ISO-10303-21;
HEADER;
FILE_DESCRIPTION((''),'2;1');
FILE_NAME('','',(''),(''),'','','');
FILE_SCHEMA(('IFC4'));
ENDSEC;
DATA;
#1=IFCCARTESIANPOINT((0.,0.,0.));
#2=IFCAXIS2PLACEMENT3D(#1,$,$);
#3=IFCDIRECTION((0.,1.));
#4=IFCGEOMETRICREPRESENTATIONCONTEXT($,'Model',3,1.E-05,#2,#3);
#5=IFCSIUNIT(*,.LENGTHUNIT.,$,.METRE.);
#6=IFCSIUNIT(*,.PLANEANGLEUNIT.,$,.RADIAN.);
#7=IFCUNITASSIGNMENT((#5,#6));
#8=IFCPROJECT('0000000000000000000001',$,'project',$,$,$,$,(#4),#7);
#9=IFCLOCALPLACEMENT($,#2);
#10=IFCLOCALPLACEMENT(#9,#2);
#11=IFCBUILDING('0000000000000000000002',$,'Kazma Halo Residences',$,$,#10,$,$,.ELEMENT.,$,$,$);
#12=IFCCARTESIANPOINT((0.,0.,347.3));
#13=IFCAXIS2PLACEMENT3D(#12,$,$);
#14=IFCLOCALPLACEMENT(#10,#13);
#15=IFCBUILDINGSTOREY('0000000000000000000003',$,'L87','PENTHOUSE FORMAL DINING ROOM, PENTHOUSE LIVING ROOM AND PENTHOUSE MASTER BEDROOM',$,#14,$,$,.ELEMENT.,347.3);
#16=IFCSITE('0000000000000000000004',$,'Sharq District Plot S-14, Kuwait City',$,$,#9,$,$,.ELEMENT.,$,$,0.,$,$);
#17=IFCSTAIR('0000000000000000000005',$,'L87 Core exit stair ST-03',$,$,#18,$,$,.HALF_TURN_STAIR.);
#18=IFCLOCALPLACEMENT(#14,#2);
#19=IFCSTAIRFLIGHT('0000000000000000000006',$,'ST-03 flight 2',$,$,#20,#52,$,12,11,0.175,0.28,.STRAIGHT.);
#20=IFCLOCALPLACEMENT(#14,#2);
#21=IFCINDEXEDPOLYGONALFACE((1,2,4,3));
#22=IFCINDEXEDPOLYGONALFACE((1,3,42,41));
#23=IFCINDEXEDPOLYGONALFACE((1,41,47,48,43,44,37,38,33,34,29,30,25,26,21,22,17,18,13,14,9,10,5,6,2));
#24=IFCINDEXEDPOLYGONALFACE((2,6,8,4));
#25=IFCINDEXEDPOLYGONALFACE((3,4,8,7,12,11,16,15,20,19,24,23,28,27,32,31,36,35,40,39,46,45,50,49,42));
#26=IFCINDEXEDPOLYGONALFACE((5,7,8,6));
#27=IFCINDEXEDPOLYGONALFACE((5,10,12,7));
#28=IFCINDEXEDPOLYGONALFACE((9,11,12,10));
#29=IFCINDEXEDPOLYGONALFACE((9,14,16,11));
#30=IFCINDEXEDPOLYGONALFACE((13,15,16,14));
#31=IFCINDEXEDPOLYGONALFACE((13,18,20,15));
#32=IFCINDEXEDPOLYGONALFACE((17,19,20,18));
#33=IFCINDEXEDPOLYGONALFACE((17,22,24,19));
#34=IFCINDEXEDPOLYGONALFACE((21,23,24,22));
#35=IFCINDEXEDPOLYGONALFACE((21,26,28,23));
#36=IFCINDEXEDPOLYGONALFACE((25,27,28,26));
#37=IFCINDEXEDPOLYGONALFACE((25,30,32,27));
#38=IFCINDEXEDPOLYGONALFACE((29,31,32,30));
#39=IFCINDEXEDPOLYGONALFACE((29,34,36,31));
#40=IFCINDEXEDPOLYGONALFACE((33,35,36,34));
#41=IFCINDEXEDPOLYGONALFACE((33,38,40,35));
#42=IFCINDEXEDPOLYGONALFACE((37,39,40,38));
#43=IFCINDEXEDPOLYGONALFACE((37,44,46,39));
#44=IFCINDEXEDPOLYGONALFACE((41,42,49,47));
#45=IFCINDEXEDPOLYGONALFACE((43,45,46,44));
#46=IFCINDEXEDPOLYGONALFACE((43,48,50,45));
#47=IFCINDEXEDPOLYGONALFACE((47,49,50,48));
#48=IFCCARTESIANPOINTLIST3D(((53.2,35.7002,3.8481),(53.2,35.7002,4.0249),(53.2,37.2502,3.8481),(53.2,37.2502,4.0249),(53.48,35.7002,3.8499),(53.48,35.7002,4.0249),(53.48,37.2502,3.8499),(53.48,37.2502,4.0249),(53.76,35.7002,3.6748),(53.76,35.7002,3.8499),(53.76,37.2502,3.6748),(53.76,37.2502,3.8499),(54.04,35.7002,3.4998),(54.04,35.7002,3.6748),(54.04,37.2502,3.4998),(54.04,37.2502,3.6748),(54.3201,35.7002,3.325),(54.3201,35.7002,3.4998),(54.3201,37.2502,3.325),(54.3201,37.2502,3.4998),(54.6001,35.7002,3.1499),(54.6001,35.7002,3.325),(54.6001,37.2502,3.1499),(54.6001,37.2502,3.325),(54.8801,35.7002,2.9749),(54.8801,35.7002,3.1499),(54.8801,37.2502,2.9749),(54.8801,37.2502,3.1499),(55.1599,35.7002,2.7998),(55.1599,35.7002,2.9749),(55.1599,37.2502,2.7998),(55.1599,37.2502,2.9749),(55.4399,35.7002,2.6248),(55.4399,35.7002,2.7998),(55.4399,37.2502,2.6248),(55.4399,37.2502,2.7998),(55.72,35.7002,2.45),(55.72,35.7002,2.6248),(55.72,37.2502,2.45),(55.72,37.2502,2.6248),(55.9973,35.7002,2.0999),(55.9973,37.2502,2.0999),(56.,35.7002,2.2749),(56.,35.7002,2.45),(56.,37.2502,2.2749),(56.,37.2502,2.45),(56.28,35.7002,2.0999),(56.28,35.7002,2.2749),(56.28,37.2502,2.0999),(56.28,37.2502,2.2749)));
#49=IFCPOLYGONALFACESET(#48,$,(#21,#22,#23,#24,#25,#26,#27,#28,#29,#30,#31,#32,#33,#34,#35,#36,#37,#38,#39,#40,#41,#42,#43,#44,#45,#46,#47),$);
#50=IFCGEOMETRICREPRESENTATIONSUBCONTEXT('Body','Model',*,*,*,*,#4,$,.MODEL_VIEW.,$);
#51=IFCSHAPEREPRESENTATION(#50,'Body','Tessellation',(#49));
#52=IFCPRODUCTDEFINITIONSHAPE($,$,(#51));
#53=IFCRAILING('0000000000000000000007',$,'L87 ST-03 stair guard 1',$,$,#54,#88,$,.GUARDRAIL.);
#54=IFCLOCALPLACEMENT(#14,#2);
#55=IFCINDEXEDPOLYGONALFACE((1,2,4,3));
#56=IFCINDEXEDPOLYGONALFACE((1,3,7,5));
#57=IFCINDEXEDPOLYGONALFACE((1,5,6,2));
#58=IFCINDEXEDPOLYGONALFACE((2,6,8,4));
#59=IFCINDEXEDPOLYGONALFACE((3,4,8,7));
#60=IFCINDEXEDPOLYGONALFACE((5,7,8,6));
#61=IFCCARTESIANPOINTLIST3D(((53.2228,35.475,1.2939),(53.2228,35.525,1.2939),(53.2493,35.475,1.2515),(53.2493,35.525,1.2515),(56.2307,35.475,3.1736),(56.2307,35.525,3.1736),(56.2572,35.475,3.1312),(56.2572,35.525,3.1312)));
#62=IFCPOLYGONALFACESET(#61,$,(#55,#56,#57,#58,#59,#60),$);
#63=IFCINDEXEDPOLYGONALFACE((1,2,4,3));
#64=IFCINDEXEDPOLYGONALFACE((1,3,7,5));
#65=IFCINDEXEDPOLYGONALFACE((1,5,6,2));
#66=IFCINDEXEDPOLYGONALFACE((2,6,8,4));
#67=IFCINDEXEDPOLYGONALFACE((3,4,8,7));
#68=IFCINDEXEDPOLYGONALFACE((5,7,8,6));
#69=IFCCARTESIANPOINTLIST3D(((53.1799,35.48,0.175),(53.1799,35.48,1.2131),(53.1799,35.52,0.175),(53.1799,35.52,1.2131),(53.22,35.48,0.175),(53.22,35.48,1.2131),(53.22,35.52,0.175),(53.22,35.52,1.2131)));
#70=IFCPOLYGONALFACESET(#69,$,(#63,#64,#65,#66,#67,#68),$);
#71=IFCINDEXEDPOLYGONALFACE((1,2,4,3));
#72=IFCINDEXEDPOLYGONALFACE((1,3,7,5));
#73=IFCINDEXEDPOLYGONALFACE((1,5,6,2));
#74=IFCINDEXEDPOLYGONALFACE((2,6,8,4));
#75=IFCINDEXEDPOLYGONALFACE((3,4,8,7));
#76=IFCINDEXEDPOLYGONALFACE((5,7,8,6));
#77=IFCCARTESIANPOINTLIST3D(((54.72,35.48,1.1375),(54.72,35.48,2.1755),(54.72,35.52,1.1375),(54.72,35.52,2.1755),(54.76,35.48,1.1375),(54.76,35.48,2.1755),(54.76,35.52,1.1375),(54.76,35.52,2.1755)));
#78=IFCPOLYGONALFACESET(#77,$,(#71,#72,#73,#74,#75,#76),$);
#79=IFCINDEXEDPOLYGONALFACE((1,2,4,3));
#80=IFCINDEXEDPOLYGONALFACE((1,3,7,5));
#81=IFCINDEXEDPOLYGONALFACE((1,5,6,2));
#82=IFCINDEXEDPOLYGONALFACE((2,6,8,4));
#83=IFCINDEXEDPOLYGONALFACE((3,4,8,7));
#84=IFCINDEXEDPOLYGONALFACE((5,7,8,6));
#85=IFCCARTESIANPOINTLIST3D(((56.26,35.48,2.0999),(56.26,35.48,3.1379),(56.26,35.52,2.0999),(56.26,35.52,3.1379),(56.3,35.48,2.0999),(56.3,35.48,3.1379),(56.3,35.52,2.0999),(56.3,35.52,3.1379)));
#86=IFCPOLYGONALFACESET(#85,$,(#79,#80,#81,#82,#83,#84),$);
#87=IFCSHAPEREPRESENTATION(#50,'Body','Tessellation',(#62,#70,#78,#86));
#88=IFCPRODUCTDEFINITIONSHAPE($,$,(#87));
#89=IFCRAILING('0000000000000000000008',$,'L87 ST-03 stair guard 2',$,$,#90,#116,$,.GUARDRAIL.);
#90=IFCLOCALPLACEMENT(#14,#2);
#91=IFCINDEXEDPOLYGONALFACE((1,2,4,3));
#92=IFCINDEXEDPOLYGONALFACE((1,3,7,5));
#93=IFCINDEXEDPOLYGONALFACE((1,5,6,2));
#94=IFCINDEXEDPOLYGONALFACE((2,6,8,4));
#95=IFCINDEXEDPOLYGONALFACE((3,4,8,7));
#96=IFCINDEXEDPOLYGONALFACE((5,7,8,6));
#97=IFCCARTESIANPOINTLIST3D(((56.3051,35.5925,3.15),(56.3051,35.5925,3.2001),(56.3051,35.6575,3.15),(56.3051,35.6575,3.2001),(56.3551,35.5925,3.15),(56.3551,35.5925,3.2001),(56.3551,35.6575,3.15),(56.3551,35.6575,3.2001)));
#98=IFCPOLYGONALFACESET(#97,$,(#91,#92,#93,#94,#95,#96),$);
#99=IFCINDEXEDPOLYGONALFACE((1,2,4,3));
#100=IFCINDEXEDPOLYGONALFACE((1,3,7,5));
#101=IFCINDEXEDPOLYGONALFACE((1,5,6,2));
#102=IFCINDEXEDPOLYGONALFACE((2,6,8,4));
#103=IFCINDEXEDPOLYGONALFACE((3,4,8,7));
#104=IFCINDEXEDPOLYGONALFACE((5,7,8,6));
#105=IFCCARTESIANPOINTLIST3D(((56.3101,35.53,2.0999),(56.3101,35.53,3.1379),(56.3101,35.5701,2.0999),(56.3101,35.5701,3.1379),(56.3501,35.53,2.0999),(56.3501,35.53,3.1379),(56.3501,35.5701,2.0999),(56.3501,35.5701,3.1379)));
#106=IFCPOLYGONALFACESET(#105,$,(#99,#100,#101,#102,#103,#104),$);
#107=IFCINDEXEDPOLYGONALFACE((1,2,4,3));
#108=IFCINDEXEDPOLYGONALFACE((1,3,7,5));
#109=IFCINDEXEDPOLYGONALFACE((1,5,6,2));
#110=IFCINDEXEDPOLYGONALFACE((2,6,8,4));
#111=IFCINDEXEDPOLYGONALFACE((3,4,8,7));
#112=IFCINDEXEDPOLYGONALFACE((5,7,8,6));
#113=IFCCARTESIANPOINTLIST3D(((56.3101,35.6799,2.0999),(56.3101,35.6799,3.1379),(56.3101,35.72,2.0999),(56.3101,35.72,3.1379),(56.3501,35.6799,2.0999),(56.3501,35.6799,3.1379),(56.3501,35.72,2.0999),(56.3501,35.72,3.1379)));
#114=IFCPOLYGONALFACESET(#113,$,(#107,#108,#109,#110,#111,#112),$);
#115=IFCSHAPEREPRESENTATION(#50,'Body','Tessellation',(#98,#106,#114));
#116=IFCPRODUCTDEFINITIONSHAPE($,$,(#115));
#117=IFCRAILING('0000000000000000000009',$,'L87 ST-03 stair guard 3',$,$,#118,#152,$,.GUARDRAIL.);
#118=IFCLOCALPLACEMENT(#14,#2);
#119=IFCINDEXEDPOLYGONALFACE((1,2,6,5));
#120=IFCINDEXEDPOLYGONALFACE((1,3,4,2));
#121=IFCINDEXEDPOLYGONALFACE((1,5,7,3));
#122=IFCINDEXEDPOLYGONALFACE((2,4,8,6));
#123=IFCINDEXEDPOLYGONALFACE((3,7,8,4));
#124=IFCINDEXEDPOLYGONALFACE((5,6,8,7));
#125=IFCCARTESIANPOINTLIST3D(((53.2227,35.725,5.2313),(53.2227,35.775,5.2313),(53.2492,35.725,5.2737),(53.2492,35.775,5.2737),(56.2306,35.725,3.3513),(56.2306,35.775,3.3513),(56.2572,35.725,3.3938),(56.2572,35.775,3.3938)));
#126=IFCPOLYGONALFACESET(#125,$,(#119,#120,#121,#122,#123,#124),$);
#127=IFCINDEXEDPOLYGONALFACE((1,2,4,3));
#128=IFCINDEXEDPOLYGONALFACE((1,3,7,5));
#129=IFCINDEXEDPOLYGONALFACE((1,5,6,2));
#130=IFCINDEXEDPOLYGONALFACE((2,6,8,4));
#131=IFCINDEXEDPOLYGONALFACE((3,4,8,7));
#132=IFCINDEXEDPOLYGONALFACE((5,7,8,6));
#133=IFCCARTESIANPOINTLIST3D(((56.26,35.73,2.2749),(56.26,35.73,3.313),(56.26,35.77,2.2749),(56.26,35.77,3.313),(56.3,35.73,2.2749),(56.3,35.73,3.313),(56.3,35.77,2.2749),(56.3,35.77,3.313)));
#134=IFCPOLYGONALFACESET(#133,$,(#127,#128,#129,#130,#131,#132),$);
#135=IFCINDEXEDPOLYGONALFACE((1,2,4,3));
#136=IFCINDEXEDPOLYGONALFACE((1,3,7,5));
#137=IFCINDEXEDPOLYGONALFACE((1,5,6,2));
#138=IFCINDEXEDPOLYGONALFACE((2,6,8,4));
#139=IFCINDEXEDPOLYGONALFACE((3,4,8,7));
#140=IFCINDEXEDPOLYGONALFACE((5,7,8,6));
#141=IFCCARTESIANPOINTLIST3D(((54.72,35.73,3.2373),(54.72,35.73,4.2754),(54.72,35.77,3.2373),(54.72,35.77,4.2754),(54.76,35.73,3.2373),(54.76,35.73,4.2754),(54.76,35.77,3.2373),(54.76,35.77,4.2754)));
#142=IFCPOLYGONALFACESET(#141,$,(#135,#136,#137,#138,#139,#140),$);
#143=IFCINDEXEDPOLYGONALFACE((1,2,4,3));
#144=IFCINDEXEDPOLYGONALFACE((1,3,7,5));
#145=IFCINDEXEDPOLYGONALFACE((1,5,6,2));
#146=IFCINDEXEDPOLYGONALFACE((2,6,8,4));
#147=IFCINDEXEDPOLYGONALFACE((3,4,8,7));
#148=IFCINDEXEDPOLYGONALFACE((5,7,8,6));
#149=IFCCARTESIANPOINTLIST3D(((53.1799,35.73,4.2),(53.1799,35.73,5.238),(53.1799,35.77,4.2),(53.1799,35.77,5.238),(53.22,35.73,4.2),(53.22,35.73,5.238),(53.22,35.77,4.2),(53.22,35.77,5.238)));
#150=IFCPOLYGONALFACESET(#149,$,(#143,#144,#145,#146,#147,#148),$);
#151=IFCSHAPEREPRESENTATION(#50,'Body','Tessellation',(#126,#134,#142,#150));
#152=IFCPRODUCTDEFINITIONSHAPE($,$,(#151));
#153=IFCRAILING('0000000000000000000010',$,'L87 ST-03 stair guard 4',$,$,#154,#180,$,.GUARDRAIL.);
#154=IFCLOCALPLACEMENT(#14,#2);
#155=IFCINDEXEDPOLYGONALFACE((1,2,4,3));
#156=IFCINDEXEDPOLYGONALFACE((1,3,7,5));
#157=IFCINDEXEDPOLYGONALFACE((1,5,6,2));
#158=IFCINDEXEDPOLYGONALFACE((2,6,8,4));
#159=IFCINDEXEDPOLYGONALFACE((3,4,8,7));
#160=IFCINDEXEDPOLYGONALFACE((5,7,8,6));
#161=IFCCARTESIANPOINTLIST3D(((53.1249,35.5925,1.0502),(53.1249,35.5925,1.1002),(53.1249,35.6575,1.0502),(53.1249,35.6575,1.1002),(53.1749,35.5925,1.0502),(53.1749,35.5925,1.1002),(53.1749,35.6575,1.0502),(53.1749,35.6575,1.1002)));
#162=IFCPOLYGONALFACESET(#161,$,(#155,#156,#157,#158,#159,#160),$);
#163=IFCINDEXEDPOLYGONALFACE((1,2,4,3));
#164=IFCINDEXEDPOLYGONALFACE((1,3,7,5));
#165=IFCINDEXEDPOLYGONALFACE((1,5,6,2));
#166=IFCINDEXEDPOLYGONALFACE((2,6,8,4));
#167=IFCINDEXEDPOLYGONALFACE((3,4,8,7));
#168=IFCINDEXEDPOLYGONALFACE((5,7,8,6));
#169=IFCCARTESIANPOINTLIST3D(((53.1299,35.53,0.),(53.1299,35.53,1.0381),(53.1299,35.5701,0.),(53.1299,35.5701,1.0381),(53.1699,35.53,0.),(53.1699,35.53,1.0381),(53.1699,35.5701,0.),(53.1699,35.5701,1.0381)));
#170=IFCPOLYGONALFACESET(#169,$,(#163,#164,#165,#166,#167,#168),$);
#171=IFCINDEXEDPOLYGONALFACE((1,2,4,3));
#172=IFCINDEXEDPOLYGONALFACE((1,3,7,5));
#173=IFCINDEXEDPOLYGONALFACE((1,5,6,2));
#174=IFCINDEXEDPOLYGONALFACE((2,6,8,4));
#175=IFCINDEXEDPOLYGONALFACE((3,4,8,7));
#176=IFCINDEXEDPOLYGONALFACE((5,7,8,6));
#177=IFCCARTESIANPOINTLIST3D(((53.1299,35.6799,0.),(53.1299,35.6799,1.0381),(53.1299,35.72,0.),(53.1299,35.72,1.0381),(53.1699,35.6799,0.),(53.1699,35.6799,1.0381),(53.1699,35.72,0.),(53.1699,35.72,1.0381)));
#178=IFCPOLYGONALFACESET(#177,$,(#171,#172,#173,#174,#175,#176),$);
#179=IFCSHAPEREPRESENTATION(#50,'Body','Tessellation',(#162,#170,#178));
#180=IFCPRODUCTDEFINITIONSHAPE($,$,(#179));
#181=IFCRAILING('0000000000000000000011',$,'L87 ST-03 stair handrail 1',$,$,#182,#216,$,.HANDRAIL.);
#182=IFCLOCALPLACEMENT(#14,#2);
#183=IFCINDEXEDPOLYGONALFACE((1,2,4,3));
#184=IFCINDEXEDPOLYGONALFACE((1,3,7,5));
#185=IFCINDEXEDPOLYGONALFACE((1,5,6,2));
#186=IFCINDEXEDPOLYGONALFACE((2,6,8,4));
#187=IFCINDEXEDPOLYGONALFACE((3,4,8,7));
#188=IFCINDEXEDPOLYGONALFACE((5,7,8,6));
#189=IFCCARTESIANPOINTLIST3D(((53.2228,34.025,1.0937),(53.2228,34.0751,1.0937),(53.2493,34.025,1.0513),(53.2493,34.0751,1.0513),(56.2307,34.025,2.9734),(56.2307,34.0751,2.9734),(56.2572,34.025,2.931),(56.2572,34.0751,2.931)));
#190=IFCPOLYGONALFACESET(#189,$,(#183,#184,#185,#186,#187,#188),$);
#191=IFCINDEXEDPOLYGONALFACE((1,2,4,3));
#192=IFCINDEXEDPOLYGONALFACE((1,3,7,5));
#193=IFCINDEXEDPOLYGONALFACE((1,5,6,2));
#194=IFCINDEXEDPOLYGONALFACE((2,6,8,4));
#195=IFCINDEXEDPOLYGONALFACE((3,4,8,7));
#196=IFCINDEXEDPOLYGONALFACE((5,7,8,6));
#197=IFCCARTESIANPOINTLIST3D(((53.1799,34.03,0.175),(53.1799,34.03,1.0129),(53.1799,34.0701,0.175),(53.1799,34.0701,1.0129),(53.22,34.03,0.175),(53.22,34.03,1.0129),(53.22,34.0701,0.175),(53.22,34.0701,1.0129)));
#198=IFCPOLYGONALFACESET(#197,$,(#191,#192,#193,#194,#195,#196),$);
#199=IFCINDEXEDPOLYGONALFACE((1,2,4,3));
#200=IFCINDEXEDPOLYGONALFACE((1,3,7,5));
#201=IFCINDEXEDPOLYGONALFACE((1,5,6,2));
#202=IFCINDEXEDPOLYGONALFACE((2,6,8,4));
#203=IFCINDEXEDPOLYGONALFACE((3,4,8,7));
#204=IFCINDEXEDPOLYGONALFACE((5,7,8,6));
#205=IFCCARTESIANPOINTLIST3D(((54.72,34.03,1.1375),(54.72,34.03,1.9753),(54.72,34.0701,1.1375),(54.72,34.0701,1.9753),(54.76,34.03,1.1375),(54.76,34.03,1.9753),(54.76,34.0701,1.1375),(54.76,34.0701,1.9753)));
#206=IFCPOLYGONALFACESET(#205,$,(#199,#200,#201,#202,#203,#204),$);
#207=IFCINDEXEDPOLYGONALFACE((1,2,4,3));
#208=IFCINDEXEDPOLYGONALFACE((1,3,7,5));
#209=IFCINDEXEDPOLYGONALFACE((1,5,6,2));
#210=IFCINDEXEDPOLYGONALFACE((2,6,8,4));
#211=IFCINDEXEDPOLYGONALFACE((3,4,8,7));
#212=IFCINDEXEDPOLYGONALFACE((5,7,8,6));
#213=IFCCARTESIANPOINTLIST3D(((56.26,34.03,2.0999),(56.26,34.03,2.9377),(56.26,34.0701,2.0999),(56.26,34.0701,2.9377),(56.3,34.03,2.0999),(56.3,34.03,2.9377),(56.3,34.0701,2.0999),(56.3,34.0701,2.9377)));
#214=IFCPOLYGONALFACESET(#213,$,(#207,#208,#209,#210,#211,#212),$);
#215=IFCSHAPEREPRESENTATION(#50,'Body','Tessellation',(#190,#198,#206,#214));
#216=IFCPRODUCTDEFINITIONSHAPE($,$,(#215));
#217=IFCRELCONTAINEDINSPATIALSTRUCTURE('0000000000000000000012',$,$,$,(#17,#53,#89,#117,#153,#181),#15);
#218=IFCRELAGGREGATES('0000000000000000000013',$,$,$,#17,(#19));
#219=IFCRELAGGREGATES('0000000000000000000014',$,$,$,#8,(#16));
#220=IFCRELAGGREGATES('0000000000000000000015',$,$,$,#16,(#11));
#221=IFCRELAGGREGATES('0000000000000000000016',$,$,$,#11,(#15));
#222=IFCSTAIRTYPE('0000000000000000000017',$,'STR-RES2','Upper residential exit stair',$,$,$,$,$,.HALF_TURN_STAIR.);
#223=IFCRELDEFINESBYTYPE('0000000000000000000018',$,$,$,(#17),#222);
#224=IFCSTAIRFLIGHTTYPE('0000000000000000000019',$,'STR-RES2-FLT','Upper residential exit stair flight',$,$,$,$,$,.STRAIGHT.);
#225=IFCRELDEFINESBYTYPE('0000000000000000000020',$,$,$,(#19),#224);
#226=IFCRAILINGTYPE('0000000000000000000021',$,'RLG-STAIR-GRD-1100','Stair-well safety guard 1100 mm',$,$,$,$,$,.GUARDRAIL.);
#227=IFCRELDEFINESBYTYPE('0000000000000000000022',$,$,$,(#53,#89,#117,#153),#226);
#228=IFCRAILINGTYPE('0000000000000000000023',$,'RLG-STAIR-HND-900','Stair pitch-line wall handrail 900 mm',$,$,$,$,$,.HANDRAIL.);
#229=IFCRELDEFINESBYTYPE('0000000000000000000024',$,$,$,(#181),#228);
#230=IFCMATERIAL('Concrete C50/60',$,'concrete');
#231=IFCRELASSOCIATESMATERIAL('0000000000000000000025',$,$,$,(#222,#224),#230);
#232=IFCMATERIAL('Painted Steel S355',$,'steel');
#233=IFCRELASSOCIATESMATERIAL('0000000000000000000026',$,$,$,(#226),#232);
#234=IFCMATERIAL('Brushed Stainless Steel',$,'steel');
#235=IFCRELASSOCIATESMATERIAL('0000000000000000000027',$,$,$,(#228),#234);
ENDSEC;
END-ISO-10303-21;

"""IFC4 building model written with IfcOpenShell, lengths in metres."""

from ifc_helpers import new_model, si_unit, direction, frame, origin, origin_2d, place, context, subcontext, project, spatial, polyline, rectangle, outline, extrude, material, type_object, element, aggregate, save


model = new_model("IFC4")

# Units and contexts
model_context = context("Model", 3, precision=1e-05, world=origin(), true_north=direction((0.0, 1.0)))
body_context = subcontext(model_context, "Body", "Model", "MODEL_VIEW")
ifc_project = project(units=[si_unit("LENGTHUNIT", "METRE"), si_unit("PLANEANGLEUNIT", "RADIAN")], contexts=[model_context])

# Site, building, storey
site_placement = place(None, origin())
site = spatial("IfcSite", under=ifc_project, at=site_placement, Name="Sharq District Plot S-14, Kuwait City", CompositionType="ELEMENT", RefElevation=0.0)
building_placement = place(site_placement, origin())
building = spatial("IfcBuilding", under=site, at=building_placement, Name="Kazma Halo Residences", CompositionType="ELEMENT")
storey_placement = place(building_placement, frame((0.0, 0.0, 347.3)))
storey = spatial("IfcBuildingStorey", under=building, at=storey_placement, Name="L87", Description="PENTHOUSE FORMAL DINING ROOM, PENTHOUSE LIVING ROOM AND PENTHOUSE MASTER BEDROOM", CompositionType="ELEMENT", Elevation=347.3)

# Shared definitions
ifc_material_1 = material(Name="Concrete C50/60", Category="concrete")

# Stair, stair flight
stair_type = type_object("IfcStairType", Name="STR-RES2", Description="Upper residential exit stair", PredefinedType="HALF_TURN_STAIR", material=ifc_material_1)
stair_placement = place(storey_placement, origin())
stair = element("IfcStair", 1, at=stair_placement, inside=storey, type_object=stair_type, Name="L87 Core exit stair ST-03", PredefinedType="HALF_TURN_STAIR")
stair_flight_type = type_object("IfcStairFlightType", Name="STR-RES2-FLT", Description="Upper residential exit stair flight", PredefinedType="STRAIGHT", material=ifc_material_1)
stair_flight_1_placement = place(storey_placement, frame((56.28, 36.4751, 2.0999), z_axis=(0.0, 0.0, 1.0), x_axis=(-1.0, 0.0, 0.0)))
stair_flight_1 = element("IfcStairFlight", 2, at=stair_flight_1_placement, type_object=stair_flight_type, Name="ST-03 flight 2", NumberOfRisers=12, NumberOfTreads=11, PredefinedType="STRAIGHT", RiserHeight=0.175, TreadLength=0.28, context=body_context, shape_type="SweptSolid", body=[
    extrude(outline(polyline([(0.0, 0.0), (0.0, 0.175), (0.28, 0.175), (0.28, 0.3501), (0.5601, 0.3501), (0.5601, 0.5249), (0.8401, 0.5249), (0.8401, 0.7), (1.1201, 0.7), (1.1201, 0.875), (1.3999, 0.875), (1.3999, 1.05), (1.6799, 1.05), (1.6799, 1.2251), (1.96, 1.2251), (1.96, 1.3999), (2.24, 1.3999), (2.24, 1.575), (2.52, 1.575), (2.52, 1.75), (2.8, 1.75), (2.8, 1.925), (3.0801, 1.925), (3.0801, 2.1001), (3.0801, 1.7483), (0.2827, 0.0), (0.0, 0.0)])), frame((0.0, 0.7749, 0.0), z_axis=(0.0, -1.0, 0.0), x_axis=(1.0, 0.0, 0.0)), (0.0, 0.0, 1.0), 1.55),
])
aggregate(stair, [stair_flight_1])

# Railings
ifc_material_2 = material(Name="Painted Steel S355", Category="steel")
railing_type_1 = type_object("IfcRailingType", Name="RLG-STAIR-GRD-1100", Description="Stair-well safety guard 1100 mm", PredefinedType="GUARDRAIL", material=ifc_material_2)
railing_1_placement = place(storey_placement, frame((53.2, 35.5, 0.175)))
element("IfcRailing", 3, at=railing_1_placement, inside=storey, type_object=railing_type_1, Name="L87 ST-03 stair guard 1", PredefinedType="GUARDRAIL", context=body_context, shape_type="SweptSolid", body=[
    extrude(rectangle(XDim=0.05, YDim=0.05, at=origin_2d()), frame((0.0361, 0.0, 1.0977), z_axis=(0.848029, 0.0, 0.529951), x_axis=(0.0, 1.0, 0.0)), (0.0, 0.0, 1.0), 3.5469),
    extrude(rectangle(XDim=0.04, YDim=0.04, at=origin_2d()), origin(), (0.0, 0.0, 1.0), 1.0381),
    extrude(rectangle(XDim=0.04, YDim=0.04, at=origin_2d()), frame((1.54, 0.0, 0.9624)), (0.0, 0.0, 1.0), 1.0381),
    extrude(rectangle(XDim=0.04, YDim=0.04, at=origin_2d()), frame((3.0801, 0.0, 1.9248)), (0.0, 0.0, 1.0), 1.0381),
])
railing_2_placement = place(storey_placement, frame((56.3301, 35.55, 2.0999)))
element("IfcRailing", 4, at=railing_2_placement, inside=storey, type_object=railing_type_1, Name="L87 ST-03 stair guard 2", PredefinedType="GUARDRAIL", context=body_context, shape_type="SweptSolid", body=[
    extrude(rectangle(XDim=0.05, YDim=0.05, at=origin_2d()), frame((0.0, 0.0425, 1.0752), z_axis=(0.0, 1.0, 0.0), x_axis=(-1.0, 0.0, 0.0)), (0.0, 0.0, 1.0), 0.0649),
    extrude(rectangle(XDim=0.04, YDim=0.04, at=origin_2d()), origin(), (0.0, 0.0, 1.0), 1.0381),
    extrude(rectangle(XDim=0.04, YDim=0.04, at=origin_2d()), frame((0.0, 0.1499, 0.0)), (0.0, 0.0, 1.0), 1.0381),
])
railing_3_placement = place(storey_placement, frame((56.28, 35.75, 2.2749)))
element("IfcRailing", 5, at=railing_3_placement, inside=storey, type_object=railing_type_1, Name="L87 ST-03 stair guard 3", PredefinedType="GUARDRAIL", context=body_context, shape_type="SweptSolid", body=[
    extrude(rectangle(XDim=0.05, YDim=0.05, at=origin_2d()), frame((-0.0361, 0.0, 1.0977), z_axis=(-0.847998, 0.0, 0.529999), x_axis=(0.0, -1.0, 0.0)), (0.0, 0.0, 1.0), 3.5471),
    extrude(rectangle(XDim=0.04, YDim=0.04, at=origin_2d()), origin(), (0.0, 0.0, 1.0), 1.0381),
    extrude(rectangle(XDim=0.04, YDim=0.04, at=origin_2d()), frame((-1.54, 0.0, 0.9624)), (0.0, 0.0, 1.0), 1.0381),
    extrude(rectangle(XDim=0.04, YDim=0.04, at=origin_2d()), frame((-3.0801, 0.0, 1.925)), (0.0, 0.0, 1.0), 1.0381),
])
railing_4_placement = place(storey_placement, frame((53.1499, 35.55, 0.0)))
element("IfcRailing", 6, at=railing_4_placement, inside=storey, type_object=railing_type_1, Name="L87 ST-03 stair guard 4", PredefinedType="GUARDRAIL", context=body_context, shape_type="SweptSolid", body=[
    extrude(rectangle(XDim=0.05, YDim=0.05, at=origin_2d()), frame((0.0, 0.0425, 1.0752), z_axis=(0.0, 1.0, 0.0), x_axis=(-1.0, 0.0, 0.0)), (0.0, 0.0, 1.0), 0.0649),
    extrude(rectangle(XDim=0.04, YDim=0.04, at=origin_2d()), origin(), (0.0, 0.0, 1.0), 1.0381),
    extrude(rectangle(XDim=0.04, YDim=0.04, at=origin_2d()), frame((0.0, 0.1499, 0.0)), (0.0, 0.0, 1.0), 1.0381),
])
ifc_material_3 = material(Name="Brushed Stainless Steel", Category="steel")
railing_type_2 = type_object("IfcRailingType", Name="RLG-STAIR-HND-900", Description="Stair pitch-line wall handrail 900 mm", PredefinedType="HANDRAIL", material=ifc_material_3)
railing_5_placement = place(storey_placement, frame((53.2, 34.05, 0.175)))
element("IfcRailing", 7, at=railing_5_placement, inside=storey, type_object=railing_type_2, Name="L87 ST-03 stair handrail 1", PredefinedType="HANDRAIL", context=body_context, shape_type="SweptSolid", body=[
    extrude(rectangle(XDim=0.05, YDim=0.05, at=origin_2d()), frame((0.0361, 0.0, 0.8975), z_axis=(0.848029, 0.0, 0.529951), x_axis=(0.0, 1.0, 0.0)), (0.0, 0.0, 1.0), 3.5469),
    extrude(rectangle(XDim=0.04, YDim=0.04, at=origin_2d()), origin(), (0.0, 0.0, 1.0), 0.8379),
    extrude(rectangle(XDim=0.04, YDim=0.04, at=origin_2d()), frame((1.54, 0.0, 0.9624)), (0.0, 0.0, 1.0), 0.8379),
    extrude(rectangle(XDim=0.04, YDim=0.04, at=origin_2d()), frame((3.0801, 0.0, 1.9248)), (0.0, 0.0, 1.0), 0.8379),
])

save(model, "model.ifc")
